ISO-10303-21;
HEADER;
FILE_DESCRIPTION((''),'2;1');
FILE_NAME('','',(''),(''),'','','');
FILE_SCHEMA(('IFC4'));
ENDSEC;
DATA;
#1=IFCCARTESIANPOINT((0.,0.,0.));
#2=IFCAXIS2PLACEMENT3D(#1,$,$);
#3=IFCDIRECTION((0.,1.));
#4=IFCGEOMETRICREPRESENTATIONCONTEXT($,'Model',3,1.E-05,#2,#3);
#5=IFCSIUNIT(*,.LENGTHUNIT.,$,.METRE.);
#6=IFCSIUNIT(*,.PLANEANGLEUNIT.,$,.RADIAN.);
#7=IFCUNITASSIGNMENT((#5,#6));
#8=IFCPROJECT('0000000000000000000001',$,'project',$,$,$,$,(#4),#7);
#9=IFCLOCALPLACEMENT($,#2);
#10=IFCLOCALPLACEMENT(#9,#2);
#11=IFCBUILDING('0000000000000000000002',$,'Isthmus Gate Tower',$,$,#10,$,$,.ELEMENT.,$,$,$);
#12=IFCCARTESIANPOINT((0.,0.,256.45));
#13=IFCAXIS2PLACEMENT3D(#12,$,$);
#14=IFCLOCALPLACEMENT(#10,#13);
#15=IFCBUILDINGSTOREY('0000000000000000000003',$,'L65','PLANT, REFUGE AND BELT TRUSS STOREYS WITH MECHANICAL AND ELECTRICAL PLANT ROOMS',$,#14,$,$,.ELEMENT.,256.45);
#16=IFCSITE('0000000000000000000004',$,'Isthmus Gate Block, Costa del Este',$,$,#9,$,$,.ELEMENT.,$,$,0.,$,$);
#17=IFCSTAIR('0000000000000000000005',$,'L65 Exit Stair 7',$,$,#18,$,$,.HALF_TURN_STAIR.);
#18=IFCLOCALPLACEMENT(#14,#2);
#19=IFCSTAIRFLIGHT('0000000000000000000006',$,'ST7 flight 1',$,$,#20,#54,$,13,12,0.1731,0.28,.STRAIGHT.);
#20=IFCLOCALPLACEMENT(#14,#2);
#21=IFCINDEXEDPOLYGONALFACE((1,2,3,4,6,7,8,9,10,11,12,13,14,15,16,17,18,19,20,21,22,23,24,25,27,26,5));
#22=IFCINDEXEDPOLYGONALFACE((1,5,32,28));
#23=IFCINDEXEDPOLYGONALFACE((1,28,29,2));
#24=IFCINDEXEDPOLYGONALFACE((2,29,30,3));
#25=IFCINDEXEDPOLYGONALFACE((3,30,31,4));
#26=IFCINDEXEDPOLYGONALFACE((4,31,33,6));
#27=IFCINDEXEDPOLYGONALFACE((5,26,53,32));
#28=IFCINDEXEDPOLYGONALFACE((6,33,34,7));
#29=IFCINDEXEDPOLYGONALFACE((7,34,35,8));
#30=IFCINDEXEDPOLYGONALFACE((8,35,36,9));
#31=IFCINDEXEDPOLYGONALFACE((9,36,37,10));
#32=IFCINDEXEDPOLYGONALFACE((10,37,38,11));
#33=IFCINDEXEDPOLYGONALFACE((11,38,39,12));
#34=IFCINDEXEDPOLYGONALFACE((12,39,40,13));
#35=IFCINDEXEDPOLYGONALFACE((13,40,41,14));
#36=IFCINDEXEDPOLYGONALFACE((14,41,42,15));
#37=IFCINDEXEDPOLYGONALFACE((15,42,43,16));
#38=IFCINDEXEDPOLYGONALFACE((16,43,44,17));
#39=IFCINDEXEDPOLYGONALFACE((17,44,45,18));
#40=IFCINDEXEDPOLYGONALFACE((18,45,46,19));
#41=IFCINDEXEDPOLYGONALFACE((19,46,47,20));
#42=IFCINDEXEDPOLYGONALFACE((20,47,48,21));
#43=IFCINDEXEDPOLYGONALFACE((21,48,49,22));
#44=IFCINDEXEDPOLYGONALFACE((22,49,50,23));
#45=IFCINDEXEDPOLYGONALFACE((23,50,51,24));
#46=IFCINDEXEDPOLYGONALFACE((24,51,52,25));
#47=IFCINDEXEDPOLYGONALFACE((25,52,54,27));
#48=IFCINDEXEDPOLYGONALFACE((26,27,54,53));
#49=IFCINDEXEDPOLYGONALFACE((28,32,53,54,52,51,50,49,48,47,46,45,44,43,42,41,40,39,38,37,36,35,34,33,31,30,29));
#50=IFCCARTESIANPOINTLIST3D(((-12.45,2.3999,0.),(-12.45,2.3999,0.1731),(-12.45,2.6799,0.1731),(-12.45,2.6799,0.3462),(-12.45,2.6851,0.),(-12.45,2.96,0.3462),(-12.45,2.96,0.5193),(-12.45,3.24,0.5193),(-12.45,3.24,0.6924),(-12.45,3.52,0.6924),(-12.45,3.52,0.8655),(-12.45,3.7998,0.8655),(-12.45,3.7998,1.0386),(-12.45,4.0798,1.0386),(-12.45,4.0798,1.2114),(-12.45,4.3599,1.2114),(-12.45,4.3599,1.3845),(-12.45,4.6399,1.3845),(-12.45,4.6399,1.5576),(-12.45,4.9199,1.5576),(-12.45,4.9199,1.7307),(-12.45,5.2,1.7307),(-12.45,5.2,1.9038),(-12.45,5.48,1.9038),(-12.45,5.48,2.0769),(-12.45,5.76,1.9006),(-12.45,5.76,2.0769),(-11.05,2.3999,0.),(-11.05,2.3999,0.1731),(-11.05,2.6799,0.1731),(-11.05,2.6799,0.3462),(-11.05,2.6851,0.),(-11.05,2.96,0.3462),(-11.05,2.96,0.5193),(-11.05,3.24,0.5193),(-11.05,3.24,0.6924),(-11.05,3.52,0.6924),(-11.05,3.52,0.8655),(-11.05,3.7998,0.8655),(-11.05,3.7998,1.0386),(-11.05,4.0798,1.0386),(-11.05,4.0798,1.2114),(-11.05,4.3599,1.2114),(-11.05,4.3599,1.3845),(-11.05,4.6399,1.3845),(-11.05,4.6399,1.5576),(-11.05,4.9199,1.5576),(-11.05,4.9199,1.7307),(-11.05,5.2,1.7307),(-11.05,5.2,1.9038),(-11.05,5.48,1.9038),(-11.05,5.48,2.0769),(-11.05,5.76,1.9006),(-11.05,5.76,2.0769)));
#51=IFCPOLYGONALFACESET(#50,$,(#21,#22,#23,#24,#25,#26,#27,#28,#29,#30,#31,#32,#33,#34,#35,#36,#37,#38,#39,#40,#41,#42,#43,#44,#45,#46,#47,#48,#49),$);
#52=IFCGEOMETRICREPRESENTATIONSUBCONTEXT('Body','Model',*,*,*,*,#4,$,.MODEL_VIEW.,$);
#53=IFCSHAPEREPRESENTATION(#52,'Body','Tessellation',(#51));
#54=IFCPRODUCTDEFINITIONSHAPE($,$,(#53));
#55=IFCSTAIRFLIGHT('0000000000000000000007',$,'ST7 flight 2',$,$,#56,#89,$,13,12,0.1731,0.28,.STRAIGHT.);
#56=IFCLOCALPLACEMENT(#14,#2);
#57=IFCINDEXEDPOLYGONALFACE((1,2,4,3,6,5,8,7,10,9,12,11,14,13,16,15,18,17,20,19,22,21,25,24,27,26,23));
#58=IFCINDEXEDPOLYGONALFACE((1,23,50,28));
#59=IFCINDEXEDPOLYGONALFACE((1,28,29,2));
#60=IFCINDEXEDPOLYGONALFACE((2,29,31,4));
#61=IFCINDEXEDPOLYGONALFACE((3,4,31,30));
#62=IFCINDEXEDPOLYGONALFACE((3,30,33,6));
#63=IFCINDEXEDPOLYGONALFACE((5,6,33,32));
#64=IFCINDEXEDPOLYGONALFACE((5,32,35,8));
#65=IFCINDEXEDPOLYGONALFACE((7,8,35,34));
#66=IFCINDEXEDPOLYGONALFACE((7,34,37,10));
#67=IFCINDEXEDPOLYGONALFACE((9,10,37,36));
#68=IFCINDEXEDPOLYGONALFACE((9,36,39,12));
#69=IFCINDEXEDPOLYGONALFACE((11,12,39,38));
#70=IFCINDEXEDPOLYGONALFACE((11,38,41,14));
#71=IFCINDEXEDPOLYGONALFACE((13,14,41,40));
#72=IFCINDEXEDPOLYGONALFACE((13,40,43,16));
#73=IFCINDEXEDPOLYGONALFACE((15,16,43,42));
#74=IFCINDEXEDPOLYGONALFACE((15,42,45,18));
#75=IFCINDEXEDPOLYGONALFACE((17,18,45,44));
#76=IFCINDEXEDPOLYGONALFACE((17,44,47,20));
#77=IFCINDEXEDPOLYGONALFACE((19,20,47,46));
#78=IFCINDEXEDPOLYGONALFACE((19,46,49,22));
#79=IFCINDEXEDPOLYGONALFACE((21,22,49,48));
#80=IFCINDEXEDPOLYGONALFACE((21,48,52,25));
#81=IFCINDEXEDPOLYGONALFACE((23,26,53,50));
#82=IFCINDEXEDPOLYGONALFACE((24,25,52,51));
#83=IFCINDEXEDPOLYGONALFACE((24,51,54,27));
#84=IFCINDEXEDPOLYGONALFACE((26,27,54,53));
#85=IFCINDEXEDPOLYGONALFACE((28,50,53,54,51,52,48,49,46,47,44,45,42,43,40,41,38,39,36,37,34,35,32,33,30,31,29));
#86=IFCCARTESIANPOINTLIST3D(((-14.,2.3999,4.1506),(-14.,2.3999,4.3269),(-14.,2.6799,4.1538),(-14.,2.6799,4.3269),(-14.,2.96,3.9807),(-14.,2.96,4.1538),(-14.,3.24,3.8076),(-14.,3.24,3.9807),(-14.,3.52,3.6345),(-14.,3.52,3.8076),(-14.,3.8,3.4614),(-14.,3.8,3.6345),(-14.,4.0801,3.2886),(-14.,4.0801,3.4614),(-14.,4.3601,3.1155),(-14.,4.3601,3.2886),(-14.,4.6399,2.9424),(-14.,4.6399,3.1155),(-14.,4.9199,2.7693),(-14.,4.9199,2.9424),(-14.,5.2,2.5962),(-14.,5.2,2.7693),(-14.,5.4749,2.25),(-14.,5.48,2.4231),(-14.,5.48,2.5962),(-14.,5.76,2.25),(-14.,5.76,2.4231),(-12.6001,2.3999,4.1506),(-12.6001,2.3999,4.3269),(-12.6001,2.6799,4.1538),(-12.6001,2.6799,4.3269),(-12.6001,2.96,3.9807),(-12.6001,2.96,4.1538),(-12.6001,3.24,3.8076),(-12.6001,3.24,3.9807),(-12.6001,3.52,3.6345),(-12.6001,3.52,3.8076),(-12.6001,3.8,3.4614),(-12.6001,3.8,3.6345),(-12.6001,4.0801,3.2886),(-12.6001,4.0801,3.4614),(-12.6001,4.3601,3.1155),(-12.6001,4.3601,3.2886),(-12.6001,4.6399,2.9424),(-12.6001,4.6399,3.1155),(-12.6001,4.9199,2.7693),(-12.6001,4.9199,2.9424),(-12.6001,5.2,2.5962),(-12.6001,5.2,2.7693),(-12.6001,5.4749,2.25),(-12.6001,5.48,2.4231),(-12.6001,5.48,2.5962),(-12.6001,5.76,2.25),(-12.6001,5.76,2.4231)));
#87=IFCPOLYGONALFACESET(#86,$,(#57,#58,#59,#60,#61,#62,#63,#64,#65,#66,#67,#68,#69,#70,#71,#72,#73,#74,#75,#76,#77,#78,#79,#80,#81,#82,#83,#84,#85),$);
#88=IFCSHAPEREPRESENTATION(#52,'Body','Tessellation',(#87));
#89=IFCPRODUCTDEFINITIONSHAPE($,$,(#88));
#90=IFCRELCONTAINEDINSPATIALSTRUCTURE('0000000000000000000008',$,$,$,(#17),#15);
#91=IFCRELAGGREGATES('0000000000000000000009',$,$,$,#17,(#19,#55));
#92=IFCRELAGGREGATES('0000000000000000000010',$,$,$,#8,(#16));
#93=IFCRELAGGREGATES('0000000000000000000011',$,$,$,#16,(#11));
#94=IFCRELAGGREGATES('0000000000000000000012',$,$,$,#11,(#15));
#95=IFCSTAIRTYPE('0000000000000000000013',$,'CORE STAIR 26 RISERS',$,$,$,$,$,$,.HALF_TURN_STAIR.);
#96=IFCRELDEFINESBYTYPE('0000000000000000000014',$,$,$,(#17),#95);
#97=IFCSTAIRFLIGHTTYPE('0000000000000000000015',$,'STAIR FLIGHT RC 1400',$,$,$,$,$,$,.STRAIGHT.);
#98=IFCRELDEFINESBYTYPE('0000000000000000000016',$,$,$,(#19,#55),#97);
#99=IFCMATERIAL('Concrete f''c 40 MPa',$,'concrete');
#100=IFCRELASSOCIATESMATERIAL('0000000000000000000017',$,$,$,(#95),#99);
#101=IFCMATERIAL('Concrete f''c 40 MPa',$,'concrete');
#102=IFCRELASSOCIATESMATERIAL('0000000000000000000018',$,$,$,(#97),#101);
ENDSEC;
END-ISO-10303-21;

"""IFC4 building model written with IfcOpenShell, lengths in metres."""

from ifc_helpers import new_model, si_unit, direction, frame, origin, place, context, subcontext, project, spatial, polyline, outline, extrude, material, type_object, element, aggregate, save


model = new_model("IFC4")

# Units and contexts
model_context = context("Model", 3, precision=1e-05, world=origin(), true_north=direction((0.0, 1.0)))
body_context = subcontext(model_context, "Body", "Model", "MODEL_VIEW")
ifc_project = project(units=[si_unit("LENGTHUNIT", "METRE"), si_unit("PLANEANGLEUNIT", "RADIAN")], contexts=[model_context])

# Site, building, storey
site_placement = place(None, origin())
site = spatial("IfcSite", under=ifc_project, at=site_placement, Name="Isthmus Gate Block, Costa del Este", CompositionType="ELEMENT", RefElevation=0.0)
building_placement = place(site_placement, origin())
building = spatial("IfcBuilding", under=site, at=building_placement, Name="Isthmus Gate Tower", CompositionType="ELEMENT")
storey_placement = place(building_placement, frame((0.0, 0.0, 256.45)))
storey = spatial("IfcBuildingStorey", under=building, at=storey_placement, Name="L65", Description="PLANT, REFUGE AND BELT TRUSS STOREYS WITH MECHANICAL AND ELECTRICAL PLANT ROOMS", CompositionType="ELEMENT", Elevation=256.45)

# Stair, stair flights
ifc_material_1 = material(Name="Concrete f'c 40 MPa", Category="concrete")
stair_type = type_object("IfcStairType", Name="CORE STAIR 26 RISERS", PredefinedType="HALF_TURN_STAIR", material=ifc_material_1)
stair_placement = place(storey_placement, origin())
stair = element("IfcStair", 1, at=stair_placement, inside=storey, type_object=stair_type, Name="L65 Exit Stair 7", PredefinedType="HALF_TURN_STAIR")
ifc_material_2 = material(Name="Concrete f'c 40 MPa", Category="concrete")
stair_flight_type = type_object("IfcStairFlightType", Name="STAIR FLIGHT RC 1400", PredefinedType="STRAIGHT", material=ifc_material_2)
stair_flight_1_placement = place(storey_placement, frame((-11.75, 2.3999, 0.0), z_axis=(0.0, 0.0, 1.0), x_axis=(0.0, 1.0, 0.0)))
stair_flight_1 = element("IfcStairFlight", 2, at=stair_flight_1_placement, type_object=stair_flight_type, Name="ST7 flight 1", NumberOfRisers=13, NumberOfTreads=12, PredefinedType="STRAIGHT", RiserHeight=0.1731, TreadLength=0.28, context=body_context, shape_type="SweptSolid", body=[
    extrude(outline(polyline([(0.0, 0.0), (0.0, 0.1731), (0.28, 0.1731), (0.28, 0.3462), (0.5601, 0.3462), (0.5601, 0.5193), (0.8401, 0.5193), (0.8401, 0.6924), (1.1201, 0.6924), (1.1201, 0.8655), (1.3999, 0.8655), (1.3999, 1.0386), (1.6799, 1.0386), (1.6799, 1.2114), (1.96, 1.2114), (1.96, 1.3845), (2.24, 1.3845), (2.24, 1.5576), (2.52, 1.5576), (2.52, 1.7307), (2.8, 1.7307), (2.8, 1.9038), (3.0801, 1.9038), (3.0801, 2.0769), (3.3601, 2.0769), (3.3601, 2.25), (3.3601, 1.9006), (0.2852, 0.0), (0.0, 0.0)])), frame((0.0, 0.7, 0.0), z_axis=(0.0, -1.0, 0.0), x_axis=(1.0, 0.0, 0.0)), (0.0, 0.0, 1.0), 1.3999),
])
stair_flight_2_placement = place(storey_placement, frame((-13.3, 5.76, 2.25), z_axis=(0.0, 0.0, 1.0), x_axis=(0.0, -1.0, 0.0)))
stair_flight_2 = element("IfcStairFlight", 3, at=stair_flight_2_placement, type_object=stair_flight_type, Name="ST7 flight 2", NumberOfRisers=13, NumberOfTreads=12, PredefinedType="STRAIGHT", RiserHeight=0.1731, TreadLength=0.28, context=body_context, shape_type="SweptSolid", body=[
    extrude(outline(polyline([(0.0, 0.0), (0.0, 0.1731), (0.28, 0.1731), (0.28, 0.3462), (0.5601, 0.3462), (0.5601, 0.5193), (0.8401, 0.5193), (0.8401, 0.6924), (1.1201, 0.6924), (1.1201, 0.8655), (1.3999, 0.8655), (1.3999, 1.0386), (1.6799, 1.0386), (1.6799, 1.2114), (1.96, 1.2114), (1.96, 1.3845), (2.24, 1.3845), (2.24, 1.5576), (2.52, 1.5576), (2.52, 1.7307), (2.8, 1.7307), (2.8, 1.9038), (3.0801, 1.9038), (3.0801, 2.0769), (3.3601, 2.0769), (3.3601, 2.25), (3.3601, 1.9006), (0.2852, 0.0), (0.0, 0.0)])), frame((0.0, 0.7, 0.0), z_axis=(0.0, -1.0, 0.0), x_axis=(1.0, 0.0, 0.0)), (0.0, 0.0, 1.0), 1.3999),
])
aggregate(stair, [stair_flight_1, stair_flight_2])

save(model, "model.ifc")
